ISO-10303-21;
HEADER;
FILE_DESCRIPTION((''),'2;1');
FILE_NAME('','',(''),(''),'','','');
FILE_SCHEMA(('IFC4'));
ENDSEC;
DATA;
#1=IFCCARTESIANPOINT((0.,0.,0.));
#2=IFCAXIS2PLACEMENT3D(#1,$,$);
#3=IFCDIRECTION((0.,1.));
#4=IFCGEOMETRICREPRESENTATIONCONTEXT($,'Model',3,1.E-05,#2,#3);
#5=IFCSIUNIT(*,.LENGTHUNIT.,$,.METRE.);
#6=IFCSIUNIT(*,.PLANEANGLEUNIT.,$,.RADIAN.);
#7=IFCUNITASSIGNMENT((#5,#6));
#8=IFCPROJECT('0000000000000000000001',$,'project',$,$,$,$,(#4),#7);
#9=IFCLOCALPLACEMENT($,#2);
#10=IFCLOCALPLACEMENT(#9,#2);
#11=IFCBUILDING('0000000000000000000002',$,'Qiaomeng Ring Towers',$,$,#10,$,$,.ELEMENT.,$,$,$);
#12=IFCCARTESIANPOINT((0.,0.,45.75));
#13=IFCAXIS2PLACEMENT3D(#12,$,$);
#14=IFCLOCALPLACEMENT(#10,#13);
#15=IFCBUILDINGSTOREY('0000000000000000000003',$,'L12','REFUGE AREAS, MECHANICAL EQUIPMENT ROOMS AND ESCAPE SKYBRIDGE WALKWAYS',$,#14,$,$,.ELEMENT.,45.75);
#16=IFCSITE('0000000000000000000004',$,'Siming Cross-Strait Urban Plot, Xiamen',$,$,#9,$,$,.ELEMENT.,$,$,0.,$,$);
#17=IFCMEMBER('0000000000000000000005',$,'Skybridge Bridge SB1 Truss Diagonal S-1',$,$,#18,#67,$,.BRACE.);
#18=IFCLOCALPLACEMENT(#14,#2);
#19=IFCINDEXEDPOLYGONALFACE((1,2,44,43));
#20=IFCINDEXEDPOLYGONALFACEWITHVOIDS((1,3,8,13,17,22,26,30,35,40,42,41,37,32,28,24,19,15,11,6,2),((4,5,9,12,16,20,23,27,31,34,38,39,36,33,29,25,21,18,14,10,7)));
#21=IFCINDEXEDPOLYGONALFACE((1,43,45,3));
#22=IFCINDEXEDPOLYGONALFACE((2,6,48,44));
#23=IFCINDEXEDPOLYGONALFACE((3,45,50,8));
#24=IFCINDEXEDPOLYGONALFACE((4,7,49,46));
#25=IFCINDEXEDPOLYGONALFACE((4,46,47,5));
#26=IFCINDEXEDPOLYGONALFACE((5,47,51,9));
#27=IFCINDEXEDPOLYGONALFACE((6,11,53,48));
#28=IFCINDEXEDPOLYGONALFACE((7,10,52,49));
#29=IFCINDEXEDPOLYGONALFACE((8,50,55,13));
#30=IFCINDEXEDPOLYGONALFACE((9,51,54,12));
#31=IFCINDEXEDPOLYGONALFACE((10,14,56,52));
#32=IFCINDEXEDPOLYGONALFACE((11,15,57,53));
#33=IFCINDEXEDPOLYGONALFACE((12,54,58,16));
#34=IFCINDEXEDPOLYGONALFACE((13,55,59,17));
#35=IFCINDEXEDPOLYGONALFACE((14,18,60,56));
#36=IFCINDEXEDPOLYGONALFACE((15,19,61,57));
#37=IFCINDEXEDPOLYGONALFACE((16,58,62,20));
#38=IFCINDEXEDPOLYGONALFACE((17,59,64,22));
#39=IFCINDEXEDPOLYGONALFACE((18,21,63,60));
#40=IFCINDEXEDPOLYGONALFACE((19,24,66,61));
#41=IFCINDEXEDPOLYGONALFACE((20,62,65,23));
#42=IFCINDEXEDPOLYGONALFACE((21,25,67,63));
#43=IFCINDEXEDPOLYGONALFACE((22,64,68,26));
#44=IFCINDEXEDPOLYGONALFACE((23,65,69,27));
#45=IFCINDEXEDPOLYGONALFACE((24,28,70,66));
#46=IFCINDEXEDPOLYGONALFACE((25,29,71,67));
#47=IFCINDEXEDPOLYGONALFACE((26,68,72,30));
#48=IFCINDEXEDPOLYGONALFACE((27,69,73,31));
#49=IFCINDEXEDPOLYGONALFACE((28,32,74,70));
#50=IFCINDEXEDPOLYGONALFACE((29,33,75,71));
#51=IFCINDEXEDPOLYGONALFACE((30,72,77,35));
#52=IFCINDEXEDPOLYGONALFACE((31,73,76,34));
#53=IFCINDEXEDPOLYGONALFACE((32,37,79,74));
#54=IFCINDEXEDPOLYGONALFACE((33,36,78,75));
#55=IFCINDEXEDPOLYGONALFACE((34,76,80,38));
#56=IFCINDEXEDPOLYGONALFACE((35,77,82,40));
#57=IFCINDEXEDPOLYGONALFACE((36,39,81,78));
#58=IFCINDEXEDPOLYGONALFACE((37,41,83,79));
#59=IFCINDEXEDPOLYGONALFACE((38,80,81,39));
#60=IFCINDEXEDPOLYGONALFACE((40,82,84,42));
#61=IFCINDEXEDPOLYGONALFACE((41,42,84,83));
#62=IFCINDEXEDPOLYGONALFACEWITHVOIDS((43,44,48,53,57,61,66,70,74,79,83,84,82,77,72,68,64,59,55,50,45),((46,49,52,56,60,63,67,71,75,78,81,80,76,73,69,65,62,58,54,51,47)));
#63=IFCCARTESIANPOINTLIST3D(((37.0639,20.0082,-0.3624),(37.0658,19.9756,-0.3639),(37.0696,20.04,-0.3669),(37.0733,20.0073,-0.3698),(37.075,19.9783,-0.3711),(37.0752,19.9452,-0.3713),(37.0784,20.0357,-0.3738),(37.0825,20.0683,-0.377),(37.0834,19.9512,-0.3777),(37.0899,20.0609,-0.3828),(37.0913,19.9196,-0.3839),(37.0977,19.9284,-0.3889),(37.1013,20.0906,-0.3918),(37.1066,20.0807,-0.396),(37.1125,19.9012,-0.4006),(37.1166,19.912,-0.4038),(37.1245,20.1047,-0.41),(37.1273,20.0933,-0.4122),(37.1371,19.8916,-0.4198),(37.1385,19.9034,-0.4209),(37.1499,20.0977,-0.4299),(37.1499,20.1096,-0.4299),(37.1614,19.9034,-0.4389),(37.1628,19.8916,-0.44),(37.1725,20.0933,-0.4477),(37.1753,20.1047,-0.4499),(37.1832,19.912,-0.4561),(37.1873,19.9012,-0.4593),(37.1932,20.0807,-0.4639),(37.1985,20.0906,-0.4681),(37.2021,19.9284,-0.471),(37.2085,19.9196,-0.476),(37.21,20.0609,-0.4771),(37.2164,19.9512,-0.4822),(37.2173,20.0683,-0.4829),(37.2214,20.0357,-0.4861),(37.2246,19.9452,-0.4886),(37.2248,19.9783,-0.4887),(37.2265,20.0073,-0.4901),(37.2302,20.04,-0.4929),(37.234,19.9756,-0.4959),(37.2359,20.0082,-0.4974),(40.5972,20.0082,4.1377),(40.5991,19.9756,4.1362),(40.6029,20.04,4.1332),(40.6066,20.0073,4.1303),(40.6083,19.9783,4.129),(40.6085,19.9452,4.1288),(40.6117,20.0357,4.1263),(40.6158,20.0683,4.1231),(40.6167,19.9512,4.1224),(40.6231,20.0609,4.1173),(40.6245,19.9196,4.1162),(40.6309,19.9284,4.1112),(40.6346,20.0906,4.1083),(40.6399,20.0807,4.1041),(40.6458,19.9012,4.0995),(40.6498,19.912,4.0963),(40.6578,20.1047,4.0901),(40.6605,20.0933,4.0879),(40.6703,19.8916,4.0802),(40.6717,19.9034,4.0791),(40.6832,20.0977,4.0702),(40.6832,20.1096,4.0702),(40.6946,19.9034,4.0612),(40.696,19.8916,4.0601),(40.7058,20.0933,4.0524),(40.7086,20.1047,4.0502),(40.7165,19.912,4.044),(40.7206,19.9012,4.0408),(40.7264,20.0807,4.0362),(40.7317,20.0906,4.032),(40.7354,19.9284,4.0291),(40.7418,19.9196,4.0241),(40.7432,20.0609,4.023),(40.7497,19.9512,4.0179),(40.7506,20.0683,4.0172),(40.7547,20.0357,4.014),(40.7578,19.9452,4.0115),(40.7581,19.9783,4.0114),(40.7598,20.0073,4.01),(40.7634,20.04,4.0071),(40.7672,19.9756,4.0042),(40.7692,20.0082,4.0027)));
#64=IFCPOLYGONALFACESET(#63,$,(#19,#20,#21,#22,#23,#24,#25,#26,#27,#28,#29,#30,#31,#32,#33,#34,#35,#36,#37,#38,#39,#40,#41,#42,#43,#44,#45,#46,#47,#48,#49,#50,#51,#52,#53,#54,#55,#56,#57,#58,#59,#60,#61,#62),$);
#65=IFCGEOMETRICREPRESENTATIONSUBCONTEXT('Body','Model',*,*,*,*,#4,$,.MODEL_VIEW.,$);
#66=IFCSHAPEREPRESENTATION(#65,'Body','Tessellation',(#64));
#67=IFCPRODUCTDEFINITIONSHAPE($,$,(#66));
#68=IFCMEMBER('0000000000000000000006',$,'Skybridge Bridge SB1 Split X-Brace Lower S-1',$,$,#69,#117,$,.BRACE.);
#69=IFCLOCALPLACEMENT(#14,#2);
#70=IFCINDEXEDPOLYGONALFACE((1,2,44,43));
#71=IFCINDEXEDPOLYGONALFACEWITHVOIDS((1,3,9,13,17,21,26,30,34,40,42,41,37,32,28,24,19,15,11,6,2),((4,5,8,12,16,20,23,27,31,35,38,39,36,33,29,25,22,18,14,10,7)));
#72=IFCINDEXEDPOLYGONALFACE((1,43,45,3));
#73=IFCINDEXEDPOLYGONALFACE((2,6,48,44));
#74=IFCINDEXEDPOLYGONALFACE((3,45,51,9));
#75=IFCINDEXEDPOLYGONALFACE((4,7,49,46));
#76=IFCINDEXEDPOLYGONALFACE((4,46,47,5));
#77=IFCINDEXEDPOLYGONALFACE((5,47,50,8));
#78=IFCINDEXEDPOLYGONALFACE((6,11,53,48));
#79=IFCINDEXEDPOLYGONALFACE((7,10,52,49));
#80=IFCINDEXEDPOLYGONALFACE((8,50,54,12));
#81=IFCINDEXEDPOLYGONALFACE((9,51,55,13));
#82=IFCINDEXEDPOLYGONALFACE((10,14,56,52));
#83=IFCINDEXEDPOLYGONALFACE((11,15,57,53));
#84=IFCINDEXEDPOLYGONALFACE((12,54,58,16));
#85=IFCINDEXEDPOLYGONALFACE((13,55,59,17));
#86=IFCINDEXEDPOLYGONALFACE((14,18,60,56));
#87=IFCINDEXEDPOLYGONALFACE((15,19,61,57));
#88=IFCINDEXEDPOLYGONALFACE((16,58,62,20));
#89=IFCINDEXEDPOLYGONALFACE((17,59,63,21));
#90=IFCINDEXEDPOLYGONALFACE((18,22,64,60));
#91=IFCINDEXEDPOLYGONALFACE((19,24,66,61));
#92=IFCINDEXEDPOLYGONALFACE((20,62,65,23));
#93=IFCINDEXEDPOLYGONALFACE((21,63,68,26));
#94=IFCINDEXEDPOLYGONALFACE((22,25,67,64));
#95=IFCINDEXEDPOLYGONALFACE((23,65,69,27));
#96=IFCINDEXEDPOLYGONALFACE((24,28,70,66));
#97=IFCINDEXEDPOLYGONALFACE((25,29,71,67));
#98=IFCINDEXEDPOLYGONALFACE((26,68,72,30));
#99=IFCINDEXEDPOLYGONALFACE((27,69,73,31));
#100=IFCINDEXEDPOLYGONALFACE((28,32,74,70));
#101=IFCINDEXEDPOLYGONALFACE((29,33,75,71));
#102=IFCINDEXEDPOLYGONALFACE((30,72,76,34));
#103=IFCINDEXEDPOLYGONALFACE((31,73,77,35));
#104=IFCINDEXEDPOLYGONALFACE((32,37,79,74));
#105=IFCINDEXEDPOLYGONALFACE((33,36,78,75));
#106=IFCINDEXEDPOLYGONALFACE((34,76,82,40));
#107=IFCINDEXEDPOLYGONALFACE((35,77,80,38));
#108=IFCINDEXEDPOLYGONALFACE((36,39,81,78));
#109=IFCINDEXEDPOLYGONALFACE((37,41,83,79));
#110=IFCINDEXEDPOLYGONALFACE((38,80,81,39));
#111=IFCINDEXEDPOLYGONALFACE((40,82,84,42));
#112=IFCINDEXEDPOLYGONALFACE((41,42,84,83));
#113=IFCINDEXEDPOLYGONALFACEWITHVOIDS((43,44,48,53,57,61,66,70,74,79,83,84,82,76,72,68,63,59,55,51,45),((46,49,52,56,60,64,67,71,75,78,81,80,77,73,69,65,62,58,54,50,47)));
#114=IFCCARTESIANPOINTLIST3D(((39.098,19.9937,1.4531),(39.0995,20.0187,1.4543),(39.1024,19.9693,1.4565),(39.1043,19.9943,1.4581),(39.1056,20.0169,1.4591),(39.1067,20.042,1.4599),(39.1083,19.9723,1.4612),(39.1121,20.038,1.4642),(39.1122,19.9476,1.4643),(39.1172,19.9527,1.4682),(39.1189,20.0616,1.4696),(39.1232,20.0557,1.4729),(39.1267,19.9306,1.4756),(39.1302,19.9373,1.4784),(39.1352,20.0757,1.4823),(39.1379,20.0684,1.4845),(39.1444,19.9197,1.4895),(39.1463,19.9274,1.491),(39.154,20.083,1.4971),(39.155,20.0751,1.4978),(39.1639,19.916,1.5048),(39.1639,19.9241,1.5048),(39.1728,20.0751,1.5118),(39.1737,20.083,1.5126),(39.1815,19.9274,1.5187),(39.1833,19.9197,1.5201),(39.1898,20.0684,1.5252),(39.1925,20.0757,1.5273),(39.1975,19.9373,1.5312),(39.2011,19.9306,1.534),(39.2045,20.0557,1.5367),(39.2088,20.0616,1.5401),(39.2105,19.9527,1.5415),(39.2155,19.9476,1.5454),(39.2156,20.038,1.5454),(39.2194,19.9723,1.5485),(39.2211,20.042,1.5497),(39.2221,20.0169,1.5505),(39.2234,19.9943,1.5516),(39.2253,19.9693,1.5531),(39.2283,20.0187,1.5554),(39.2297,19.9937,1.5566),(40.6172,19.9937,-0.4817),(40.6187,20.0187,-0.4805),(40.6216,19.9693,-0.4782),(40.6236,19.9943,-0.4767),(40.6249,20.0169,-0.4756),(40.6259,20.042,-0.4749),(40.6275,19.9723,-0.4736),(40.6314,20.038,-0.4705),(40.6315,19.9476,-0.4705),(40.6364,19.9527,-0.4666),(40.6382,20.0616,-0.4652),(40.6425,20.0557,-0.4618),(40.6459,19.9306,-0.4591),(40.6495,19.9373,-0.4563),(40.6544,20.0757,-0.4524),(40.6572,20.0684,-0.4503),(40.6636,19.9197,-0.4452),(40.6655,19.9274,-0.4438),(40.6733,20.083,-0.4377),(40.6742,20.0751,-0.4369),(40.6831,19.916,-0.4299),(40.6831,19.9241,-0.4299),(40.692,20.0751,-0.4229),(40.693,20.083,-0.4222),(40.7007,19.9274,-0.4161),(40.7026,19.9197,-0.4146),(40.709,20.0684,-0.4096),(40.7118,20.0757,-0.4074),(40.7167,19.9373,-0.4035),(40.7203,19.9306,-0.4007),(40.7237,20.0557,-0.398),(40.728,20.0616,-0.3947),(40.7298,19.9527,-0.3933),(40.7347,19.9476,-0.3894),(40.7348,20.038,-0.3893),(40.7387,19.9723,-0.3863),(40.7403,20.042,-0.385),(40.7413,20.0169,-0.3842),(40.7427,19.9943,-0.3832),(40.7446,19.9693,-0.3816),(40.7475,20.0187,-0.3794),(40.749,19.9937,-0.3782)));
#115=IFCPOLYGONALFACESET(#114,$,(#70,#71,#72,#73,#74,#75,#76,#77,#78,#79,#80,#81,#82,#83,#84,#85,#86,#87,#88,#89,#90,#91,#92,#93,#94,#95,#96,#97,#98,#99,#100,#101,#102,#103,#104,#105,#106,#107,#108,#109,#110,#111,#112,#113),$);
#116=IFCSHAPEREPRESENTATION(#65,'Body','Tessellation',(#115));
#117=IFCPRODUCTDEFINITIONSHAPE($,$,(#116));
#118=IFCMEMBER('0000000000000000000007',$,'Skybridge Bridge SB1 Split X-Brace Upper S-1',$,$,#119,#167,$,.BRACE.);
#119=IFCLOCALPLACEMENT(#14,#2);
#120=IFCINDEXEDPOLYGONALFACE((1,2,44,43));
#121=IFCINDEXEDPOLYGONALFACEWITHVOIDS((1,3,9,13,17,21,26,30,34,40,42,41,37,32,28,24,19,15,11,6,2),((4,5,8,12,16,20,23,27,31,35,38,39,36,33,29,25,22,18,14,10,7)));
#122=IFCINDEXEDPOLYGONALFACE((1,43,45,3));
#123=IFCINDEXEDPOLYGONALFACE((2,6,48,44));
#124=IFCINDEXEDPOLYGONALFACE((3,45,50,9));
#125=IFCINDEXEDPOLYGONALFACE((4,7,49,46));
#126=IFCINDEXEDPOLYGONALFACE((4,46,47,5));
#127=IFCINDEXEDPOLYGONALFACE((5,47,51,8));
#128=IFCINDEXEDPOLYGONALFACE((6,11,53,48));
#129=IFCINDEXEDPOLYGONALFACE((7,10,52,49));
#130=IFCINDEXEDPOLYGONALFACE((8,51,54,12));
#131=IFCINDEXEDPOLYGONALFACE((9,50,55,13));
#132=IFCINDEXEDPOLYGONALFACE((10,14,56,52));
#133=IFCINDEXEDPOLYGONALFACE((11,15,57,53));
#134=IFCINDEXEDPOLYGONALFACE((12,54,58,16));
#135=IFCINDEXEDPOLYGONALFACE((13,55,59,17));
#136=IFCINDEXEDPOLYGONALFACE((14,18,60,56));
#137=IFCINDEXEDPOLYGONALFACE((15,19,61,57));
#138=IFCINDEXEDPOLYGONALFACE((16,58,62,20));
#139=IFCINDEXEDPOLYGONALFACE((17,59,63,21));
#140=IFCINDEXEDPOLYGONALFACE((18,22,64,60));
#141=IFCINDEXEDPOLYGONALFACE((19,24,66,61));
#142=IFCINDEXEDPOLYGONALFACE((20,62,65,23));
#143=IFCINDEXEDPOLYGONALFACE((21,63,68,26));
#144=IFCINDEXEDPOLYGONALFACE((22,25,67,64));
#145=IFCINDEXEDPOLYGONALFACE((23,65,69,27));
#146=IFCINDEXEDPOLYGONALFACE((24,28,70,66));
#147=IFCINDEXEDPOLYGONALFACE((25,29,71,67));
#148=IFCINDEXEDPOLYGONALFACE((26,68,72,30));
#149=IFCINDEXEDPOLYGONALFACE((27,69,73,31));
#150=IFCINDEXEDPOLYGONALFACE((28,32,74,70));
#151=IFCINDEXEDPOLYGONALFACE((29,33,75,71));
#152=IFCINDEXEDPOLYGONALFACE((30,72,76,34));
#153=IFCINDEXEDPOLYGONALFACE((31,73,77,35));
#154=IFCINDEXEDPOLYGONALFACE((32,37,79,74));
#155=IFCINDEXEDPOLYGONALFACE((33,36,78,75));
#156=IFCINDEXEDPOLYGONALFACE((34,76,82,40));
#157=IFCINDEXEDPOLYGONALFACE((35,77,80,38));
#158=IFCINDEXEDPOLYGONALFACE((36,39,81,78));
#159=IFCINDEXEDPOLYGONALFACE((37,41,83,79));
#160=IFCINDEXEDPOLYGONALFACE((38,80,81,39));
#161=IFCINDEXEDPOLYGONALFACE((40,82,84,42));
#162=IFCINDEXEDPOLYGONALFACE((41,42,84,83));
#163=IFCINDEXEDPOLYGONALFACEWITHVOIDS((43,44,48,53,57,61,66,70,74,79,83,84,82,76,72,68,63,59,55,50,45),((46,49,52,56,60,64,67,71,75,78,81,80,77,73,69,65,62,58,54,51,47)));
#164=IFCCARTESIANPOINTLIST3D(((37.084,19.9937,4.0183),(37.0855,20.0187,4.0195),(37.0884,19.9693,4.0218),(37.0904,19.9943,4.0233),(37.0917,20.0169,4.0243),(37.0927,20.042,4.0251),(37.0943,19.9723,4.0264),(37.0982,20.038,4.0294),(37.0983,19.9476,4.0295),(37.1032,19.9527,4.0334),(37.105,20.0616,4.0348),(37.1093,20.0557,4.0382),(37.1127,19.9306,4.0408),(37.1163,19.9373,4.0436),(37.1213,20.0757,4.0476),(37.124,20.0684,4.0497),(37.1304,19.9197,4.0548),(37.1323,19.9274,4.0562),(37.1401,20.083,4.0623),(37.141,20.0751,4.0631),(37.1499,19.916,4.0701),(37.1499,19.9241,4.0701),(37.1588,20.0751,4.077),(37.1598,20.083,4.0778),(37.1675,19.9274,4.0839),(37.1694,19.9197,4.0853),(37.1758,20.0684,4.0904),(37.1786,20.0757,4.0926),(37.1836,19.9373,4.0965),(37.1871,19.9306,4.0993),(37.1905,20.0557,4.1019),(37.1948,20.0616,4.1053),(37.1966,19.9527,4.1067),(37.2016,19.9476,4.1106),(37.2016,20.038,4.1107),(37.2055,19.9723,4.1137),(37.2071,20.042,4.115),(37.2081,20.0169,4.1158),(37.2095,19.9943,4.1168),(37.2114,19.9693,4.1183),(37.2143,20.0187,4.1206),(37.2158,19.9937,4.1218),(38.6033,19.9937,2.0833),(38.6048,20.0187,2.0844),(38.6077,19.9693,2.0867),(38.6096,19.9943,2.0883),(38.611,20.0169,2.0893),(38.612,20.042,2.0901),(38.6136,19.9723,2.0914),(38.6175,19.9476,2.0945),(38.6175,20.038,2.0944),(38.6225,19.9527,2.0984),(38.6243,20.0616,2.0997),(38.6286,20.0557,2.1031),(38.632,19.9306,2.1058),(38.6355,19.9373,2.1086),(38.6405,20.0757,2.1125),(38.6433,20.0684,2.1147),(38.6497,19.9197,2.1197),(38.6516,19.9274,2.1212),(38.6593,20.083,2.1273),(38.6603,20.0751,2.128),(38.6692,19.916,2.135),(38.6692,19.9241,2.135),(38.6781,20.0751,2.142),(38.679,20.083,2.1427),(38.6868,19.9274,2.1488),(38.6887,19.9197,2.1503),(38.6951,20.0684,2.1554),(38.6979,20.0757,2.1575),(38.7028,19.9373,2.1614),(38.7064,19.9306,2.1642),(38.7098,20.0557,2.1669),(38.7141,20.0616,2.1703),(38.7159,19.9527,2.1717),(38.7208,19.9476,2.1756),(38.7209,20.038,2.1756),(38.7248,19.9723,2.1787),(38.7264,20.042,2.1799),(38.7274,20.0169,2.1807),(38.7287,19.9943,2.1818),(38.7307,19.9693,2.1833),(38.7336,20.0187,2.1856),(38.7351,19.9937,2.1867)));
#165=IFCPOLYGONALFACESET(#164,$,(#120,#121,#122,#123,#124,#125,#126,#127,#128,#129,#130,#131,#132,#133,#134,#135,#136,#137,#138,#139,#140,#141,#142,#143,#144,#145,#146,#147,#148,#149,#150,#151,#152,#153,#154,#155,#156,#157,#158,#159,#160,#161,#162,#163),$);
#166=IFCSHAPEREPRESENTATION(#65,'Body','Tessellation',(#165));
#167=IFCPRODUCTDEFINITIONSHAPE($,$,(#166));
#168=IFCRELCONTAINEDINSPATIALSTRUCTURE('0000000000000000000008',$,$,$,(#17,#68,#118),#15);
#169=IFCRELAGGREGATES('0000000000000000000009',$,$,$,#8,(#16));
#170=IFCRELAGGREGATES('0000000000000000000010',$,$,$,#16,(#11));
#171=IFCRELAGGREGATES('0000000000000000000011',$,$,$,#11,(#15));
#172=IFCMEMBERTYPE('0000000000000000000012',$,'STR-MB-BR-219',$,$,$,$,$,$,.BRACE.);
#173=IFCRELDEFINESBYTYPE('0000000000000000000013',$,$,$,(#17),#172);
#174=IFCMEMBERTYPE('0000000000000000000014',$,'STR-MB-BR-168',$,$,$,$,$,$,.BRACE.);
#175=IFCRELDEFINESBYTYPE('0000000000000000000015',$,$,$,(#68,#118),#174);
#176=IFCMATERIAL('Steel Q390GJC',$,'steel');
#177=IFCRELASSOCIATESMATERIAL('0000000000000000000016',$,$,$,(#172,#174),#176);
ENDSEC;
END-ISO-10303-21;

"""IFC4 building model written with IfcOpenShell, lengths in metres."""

from ifc_helpers import new_model, si_unit, direction, frame, origin, origin_2d, place, context, subcontext, project, spatial, hollow_circle, extrude, source, transform, mapped, material, material_profile, profile_set, type_object, element, save


model = new_model("IFC4")

# Units and contexts
model_context = context("Model", 3, precision=1e-05, world=origin(), true_north=direction((0.0, 1.0)))
body_context = subcontext(model_context, "Body", "Model", "MODEL_VIEW")
ifc_project = project(units=[si_unit("LENGTHUNIT", "METRE"), si_unit("PLANEANGLEUNIT", "RADIAN")], contexts=[model_context])

# Site, building, storey
site_placement = place(None, origin())
site = spatial("IfcSite", under=ifc_project, at=site_placement, Name="Siming Cross-Strait Urban Plot, Xiamen", CompositionType="ELEMENT", RefElevation=0.0)
building_placement = place(site_placement, origin())
building = spatial("IfcBuilding", under=site, at=building_placement, Name="Qiaomeng Ring Towers", CompositionType="ELEMENT")
storey_placement = place(building_placement, frame((0.0, 0.0, 45.75)))
storey = spatial("IfcBuildingStorey", under=building, at=storey_placement, Name="L12", Description="REFUGE AREAS, MECHANICAL EQUIPMENT ROOMS AND ESCAPE SKYBRIDGE WALKWAYS", CompositionType="ELEMENT", Elevation=45.75)

# Members
ifc_material_1 = material(Name="Steel Q390GJC", Category="steel")
ifc_material_profile_1 = material_profile(ifc_material_1, hollow_circle(Radius=0.1096, WallThickness=0.012, at=origin_2d()), Name="CHS 219x12")
ifc_profile_set_1 = profile_set([ifc_material_profile_1], Name="Steel Q390GJC")
member_type_1 = type_object("IfcMemberType", Name="STR-MB-BR-219", PredefinedType="BRACE", material=ifc_profile_set_1)
shared_shape_1 = source(origin(), body_context, "Body", "SweptSolid", [
    extrude(hollow_circle(Radius=0.1096, WallThickness=0.012, at=origin_2d()), origin(), (0.0, 0.0, 1.0), 5.7214),
])
member_1_placement = place(storey_placement, frame((37.1499, 20.0, -0.4299), z_axis=(0.61755, 0.0, 0.786532), x_axis=(0.0, 1.0, 0.0)))
element("IfcMember", 1, at=member_1_placement, inside=storey, type_object=member_type_1, Name="Skybridge Bridge SB1 Truss Diagonal S-1", PredefinedType="BRACE", context=body_context, shape_type="MappedRepresentation", body=[
    mapped(shared_shape_1, transform((0.0, 0.0, 0.0), x_axis=(1.0, 0.0, 0.0), y_axis=(0.0, 1.0, 0.0), z_axis=(0.0, 0.0, 1.0), scale=1.0)),
])
ifc_material_profile_2 = material_profile(ifc_material_1, hollow_circle(Radius=0.084, WallThickness=0.0081, at=origin_2d()), Name="CHS 168x8")
ifc_profile_set_2 = profile_set([ifc_material_profile_2], Name="Steel Q390GJC")
member_type_2 = type_object("IfcMemberType", Name="STR-MB-BR-168", PredefinedType="BRACE", material=ifc_profile_set_2)
shared_shape_2 = source(origin(), body_context, "Body", "SweptSolid", [
    extrude(hollow_circle(Radius=0.084, WallThickness=0.0081, at=origin_2d()), origin(), (0.0, 0.0, 1.0), 2.46),
])
member_2_placement = place(storey_placement, frame((40.6831, 20.0, -0.4299), z_axis=(-0.617589, 0.0, 0.786501), x_axis=(0.0, -1.0, 0.0)))
element("IfcMember", 2, at=member_2_placement, inside=storey, type_object=member_type_2, Name="Skybridge Bridge SB1 Split X-Brace Lower S-1", PredefinedType="BRACE", context=body_context, shape_type="MappedRepresentation", body=[
    mapped(shared_shape_2, transform((0.0, 0.0, 0.0), x_axis=(1.0, 0.0, 0.0), y_axis=(0.0, 1.0, 0.0), z_axis=(0.0, 0.0, 1.0), scale=1.0)),
])
shared_shape_3 = source(origin(), body_context, "Body", "SweptSolid", [
    extrude(hollow_circle(Radius=0.084, WallThickness=0.0081, at=origin_2d()), origin(), (0.0, 0.0, 1.0), 2.4602),
])
member_3_placement = place(storey_placement, frame((38.6692, 20.0, 2.135), z_axis=(-0.617541, 0.0, 0.786539), x_axis=(0.0, -1.0, 0.0)))
element("IfcMember", 3, at=member_3_placement, inside=storey, type_object=member_type_2, Name="Skybridge Bridge SB1 Split X-Brace Upper S-1", PredefinedType="BRACE", context=body_context, shape_type="MappedRepresentation", body=[
    mapped(shared_shape_3, transform((0.0, 0.0, 0.0), x_axis=(1.0, 0.0, 0.0), y_axis=(0.0, 1.0, 0.0), z_axis=(0.0, 0.0, 1.0), scale=1.0)),
])

save(model, "model.ifc")
